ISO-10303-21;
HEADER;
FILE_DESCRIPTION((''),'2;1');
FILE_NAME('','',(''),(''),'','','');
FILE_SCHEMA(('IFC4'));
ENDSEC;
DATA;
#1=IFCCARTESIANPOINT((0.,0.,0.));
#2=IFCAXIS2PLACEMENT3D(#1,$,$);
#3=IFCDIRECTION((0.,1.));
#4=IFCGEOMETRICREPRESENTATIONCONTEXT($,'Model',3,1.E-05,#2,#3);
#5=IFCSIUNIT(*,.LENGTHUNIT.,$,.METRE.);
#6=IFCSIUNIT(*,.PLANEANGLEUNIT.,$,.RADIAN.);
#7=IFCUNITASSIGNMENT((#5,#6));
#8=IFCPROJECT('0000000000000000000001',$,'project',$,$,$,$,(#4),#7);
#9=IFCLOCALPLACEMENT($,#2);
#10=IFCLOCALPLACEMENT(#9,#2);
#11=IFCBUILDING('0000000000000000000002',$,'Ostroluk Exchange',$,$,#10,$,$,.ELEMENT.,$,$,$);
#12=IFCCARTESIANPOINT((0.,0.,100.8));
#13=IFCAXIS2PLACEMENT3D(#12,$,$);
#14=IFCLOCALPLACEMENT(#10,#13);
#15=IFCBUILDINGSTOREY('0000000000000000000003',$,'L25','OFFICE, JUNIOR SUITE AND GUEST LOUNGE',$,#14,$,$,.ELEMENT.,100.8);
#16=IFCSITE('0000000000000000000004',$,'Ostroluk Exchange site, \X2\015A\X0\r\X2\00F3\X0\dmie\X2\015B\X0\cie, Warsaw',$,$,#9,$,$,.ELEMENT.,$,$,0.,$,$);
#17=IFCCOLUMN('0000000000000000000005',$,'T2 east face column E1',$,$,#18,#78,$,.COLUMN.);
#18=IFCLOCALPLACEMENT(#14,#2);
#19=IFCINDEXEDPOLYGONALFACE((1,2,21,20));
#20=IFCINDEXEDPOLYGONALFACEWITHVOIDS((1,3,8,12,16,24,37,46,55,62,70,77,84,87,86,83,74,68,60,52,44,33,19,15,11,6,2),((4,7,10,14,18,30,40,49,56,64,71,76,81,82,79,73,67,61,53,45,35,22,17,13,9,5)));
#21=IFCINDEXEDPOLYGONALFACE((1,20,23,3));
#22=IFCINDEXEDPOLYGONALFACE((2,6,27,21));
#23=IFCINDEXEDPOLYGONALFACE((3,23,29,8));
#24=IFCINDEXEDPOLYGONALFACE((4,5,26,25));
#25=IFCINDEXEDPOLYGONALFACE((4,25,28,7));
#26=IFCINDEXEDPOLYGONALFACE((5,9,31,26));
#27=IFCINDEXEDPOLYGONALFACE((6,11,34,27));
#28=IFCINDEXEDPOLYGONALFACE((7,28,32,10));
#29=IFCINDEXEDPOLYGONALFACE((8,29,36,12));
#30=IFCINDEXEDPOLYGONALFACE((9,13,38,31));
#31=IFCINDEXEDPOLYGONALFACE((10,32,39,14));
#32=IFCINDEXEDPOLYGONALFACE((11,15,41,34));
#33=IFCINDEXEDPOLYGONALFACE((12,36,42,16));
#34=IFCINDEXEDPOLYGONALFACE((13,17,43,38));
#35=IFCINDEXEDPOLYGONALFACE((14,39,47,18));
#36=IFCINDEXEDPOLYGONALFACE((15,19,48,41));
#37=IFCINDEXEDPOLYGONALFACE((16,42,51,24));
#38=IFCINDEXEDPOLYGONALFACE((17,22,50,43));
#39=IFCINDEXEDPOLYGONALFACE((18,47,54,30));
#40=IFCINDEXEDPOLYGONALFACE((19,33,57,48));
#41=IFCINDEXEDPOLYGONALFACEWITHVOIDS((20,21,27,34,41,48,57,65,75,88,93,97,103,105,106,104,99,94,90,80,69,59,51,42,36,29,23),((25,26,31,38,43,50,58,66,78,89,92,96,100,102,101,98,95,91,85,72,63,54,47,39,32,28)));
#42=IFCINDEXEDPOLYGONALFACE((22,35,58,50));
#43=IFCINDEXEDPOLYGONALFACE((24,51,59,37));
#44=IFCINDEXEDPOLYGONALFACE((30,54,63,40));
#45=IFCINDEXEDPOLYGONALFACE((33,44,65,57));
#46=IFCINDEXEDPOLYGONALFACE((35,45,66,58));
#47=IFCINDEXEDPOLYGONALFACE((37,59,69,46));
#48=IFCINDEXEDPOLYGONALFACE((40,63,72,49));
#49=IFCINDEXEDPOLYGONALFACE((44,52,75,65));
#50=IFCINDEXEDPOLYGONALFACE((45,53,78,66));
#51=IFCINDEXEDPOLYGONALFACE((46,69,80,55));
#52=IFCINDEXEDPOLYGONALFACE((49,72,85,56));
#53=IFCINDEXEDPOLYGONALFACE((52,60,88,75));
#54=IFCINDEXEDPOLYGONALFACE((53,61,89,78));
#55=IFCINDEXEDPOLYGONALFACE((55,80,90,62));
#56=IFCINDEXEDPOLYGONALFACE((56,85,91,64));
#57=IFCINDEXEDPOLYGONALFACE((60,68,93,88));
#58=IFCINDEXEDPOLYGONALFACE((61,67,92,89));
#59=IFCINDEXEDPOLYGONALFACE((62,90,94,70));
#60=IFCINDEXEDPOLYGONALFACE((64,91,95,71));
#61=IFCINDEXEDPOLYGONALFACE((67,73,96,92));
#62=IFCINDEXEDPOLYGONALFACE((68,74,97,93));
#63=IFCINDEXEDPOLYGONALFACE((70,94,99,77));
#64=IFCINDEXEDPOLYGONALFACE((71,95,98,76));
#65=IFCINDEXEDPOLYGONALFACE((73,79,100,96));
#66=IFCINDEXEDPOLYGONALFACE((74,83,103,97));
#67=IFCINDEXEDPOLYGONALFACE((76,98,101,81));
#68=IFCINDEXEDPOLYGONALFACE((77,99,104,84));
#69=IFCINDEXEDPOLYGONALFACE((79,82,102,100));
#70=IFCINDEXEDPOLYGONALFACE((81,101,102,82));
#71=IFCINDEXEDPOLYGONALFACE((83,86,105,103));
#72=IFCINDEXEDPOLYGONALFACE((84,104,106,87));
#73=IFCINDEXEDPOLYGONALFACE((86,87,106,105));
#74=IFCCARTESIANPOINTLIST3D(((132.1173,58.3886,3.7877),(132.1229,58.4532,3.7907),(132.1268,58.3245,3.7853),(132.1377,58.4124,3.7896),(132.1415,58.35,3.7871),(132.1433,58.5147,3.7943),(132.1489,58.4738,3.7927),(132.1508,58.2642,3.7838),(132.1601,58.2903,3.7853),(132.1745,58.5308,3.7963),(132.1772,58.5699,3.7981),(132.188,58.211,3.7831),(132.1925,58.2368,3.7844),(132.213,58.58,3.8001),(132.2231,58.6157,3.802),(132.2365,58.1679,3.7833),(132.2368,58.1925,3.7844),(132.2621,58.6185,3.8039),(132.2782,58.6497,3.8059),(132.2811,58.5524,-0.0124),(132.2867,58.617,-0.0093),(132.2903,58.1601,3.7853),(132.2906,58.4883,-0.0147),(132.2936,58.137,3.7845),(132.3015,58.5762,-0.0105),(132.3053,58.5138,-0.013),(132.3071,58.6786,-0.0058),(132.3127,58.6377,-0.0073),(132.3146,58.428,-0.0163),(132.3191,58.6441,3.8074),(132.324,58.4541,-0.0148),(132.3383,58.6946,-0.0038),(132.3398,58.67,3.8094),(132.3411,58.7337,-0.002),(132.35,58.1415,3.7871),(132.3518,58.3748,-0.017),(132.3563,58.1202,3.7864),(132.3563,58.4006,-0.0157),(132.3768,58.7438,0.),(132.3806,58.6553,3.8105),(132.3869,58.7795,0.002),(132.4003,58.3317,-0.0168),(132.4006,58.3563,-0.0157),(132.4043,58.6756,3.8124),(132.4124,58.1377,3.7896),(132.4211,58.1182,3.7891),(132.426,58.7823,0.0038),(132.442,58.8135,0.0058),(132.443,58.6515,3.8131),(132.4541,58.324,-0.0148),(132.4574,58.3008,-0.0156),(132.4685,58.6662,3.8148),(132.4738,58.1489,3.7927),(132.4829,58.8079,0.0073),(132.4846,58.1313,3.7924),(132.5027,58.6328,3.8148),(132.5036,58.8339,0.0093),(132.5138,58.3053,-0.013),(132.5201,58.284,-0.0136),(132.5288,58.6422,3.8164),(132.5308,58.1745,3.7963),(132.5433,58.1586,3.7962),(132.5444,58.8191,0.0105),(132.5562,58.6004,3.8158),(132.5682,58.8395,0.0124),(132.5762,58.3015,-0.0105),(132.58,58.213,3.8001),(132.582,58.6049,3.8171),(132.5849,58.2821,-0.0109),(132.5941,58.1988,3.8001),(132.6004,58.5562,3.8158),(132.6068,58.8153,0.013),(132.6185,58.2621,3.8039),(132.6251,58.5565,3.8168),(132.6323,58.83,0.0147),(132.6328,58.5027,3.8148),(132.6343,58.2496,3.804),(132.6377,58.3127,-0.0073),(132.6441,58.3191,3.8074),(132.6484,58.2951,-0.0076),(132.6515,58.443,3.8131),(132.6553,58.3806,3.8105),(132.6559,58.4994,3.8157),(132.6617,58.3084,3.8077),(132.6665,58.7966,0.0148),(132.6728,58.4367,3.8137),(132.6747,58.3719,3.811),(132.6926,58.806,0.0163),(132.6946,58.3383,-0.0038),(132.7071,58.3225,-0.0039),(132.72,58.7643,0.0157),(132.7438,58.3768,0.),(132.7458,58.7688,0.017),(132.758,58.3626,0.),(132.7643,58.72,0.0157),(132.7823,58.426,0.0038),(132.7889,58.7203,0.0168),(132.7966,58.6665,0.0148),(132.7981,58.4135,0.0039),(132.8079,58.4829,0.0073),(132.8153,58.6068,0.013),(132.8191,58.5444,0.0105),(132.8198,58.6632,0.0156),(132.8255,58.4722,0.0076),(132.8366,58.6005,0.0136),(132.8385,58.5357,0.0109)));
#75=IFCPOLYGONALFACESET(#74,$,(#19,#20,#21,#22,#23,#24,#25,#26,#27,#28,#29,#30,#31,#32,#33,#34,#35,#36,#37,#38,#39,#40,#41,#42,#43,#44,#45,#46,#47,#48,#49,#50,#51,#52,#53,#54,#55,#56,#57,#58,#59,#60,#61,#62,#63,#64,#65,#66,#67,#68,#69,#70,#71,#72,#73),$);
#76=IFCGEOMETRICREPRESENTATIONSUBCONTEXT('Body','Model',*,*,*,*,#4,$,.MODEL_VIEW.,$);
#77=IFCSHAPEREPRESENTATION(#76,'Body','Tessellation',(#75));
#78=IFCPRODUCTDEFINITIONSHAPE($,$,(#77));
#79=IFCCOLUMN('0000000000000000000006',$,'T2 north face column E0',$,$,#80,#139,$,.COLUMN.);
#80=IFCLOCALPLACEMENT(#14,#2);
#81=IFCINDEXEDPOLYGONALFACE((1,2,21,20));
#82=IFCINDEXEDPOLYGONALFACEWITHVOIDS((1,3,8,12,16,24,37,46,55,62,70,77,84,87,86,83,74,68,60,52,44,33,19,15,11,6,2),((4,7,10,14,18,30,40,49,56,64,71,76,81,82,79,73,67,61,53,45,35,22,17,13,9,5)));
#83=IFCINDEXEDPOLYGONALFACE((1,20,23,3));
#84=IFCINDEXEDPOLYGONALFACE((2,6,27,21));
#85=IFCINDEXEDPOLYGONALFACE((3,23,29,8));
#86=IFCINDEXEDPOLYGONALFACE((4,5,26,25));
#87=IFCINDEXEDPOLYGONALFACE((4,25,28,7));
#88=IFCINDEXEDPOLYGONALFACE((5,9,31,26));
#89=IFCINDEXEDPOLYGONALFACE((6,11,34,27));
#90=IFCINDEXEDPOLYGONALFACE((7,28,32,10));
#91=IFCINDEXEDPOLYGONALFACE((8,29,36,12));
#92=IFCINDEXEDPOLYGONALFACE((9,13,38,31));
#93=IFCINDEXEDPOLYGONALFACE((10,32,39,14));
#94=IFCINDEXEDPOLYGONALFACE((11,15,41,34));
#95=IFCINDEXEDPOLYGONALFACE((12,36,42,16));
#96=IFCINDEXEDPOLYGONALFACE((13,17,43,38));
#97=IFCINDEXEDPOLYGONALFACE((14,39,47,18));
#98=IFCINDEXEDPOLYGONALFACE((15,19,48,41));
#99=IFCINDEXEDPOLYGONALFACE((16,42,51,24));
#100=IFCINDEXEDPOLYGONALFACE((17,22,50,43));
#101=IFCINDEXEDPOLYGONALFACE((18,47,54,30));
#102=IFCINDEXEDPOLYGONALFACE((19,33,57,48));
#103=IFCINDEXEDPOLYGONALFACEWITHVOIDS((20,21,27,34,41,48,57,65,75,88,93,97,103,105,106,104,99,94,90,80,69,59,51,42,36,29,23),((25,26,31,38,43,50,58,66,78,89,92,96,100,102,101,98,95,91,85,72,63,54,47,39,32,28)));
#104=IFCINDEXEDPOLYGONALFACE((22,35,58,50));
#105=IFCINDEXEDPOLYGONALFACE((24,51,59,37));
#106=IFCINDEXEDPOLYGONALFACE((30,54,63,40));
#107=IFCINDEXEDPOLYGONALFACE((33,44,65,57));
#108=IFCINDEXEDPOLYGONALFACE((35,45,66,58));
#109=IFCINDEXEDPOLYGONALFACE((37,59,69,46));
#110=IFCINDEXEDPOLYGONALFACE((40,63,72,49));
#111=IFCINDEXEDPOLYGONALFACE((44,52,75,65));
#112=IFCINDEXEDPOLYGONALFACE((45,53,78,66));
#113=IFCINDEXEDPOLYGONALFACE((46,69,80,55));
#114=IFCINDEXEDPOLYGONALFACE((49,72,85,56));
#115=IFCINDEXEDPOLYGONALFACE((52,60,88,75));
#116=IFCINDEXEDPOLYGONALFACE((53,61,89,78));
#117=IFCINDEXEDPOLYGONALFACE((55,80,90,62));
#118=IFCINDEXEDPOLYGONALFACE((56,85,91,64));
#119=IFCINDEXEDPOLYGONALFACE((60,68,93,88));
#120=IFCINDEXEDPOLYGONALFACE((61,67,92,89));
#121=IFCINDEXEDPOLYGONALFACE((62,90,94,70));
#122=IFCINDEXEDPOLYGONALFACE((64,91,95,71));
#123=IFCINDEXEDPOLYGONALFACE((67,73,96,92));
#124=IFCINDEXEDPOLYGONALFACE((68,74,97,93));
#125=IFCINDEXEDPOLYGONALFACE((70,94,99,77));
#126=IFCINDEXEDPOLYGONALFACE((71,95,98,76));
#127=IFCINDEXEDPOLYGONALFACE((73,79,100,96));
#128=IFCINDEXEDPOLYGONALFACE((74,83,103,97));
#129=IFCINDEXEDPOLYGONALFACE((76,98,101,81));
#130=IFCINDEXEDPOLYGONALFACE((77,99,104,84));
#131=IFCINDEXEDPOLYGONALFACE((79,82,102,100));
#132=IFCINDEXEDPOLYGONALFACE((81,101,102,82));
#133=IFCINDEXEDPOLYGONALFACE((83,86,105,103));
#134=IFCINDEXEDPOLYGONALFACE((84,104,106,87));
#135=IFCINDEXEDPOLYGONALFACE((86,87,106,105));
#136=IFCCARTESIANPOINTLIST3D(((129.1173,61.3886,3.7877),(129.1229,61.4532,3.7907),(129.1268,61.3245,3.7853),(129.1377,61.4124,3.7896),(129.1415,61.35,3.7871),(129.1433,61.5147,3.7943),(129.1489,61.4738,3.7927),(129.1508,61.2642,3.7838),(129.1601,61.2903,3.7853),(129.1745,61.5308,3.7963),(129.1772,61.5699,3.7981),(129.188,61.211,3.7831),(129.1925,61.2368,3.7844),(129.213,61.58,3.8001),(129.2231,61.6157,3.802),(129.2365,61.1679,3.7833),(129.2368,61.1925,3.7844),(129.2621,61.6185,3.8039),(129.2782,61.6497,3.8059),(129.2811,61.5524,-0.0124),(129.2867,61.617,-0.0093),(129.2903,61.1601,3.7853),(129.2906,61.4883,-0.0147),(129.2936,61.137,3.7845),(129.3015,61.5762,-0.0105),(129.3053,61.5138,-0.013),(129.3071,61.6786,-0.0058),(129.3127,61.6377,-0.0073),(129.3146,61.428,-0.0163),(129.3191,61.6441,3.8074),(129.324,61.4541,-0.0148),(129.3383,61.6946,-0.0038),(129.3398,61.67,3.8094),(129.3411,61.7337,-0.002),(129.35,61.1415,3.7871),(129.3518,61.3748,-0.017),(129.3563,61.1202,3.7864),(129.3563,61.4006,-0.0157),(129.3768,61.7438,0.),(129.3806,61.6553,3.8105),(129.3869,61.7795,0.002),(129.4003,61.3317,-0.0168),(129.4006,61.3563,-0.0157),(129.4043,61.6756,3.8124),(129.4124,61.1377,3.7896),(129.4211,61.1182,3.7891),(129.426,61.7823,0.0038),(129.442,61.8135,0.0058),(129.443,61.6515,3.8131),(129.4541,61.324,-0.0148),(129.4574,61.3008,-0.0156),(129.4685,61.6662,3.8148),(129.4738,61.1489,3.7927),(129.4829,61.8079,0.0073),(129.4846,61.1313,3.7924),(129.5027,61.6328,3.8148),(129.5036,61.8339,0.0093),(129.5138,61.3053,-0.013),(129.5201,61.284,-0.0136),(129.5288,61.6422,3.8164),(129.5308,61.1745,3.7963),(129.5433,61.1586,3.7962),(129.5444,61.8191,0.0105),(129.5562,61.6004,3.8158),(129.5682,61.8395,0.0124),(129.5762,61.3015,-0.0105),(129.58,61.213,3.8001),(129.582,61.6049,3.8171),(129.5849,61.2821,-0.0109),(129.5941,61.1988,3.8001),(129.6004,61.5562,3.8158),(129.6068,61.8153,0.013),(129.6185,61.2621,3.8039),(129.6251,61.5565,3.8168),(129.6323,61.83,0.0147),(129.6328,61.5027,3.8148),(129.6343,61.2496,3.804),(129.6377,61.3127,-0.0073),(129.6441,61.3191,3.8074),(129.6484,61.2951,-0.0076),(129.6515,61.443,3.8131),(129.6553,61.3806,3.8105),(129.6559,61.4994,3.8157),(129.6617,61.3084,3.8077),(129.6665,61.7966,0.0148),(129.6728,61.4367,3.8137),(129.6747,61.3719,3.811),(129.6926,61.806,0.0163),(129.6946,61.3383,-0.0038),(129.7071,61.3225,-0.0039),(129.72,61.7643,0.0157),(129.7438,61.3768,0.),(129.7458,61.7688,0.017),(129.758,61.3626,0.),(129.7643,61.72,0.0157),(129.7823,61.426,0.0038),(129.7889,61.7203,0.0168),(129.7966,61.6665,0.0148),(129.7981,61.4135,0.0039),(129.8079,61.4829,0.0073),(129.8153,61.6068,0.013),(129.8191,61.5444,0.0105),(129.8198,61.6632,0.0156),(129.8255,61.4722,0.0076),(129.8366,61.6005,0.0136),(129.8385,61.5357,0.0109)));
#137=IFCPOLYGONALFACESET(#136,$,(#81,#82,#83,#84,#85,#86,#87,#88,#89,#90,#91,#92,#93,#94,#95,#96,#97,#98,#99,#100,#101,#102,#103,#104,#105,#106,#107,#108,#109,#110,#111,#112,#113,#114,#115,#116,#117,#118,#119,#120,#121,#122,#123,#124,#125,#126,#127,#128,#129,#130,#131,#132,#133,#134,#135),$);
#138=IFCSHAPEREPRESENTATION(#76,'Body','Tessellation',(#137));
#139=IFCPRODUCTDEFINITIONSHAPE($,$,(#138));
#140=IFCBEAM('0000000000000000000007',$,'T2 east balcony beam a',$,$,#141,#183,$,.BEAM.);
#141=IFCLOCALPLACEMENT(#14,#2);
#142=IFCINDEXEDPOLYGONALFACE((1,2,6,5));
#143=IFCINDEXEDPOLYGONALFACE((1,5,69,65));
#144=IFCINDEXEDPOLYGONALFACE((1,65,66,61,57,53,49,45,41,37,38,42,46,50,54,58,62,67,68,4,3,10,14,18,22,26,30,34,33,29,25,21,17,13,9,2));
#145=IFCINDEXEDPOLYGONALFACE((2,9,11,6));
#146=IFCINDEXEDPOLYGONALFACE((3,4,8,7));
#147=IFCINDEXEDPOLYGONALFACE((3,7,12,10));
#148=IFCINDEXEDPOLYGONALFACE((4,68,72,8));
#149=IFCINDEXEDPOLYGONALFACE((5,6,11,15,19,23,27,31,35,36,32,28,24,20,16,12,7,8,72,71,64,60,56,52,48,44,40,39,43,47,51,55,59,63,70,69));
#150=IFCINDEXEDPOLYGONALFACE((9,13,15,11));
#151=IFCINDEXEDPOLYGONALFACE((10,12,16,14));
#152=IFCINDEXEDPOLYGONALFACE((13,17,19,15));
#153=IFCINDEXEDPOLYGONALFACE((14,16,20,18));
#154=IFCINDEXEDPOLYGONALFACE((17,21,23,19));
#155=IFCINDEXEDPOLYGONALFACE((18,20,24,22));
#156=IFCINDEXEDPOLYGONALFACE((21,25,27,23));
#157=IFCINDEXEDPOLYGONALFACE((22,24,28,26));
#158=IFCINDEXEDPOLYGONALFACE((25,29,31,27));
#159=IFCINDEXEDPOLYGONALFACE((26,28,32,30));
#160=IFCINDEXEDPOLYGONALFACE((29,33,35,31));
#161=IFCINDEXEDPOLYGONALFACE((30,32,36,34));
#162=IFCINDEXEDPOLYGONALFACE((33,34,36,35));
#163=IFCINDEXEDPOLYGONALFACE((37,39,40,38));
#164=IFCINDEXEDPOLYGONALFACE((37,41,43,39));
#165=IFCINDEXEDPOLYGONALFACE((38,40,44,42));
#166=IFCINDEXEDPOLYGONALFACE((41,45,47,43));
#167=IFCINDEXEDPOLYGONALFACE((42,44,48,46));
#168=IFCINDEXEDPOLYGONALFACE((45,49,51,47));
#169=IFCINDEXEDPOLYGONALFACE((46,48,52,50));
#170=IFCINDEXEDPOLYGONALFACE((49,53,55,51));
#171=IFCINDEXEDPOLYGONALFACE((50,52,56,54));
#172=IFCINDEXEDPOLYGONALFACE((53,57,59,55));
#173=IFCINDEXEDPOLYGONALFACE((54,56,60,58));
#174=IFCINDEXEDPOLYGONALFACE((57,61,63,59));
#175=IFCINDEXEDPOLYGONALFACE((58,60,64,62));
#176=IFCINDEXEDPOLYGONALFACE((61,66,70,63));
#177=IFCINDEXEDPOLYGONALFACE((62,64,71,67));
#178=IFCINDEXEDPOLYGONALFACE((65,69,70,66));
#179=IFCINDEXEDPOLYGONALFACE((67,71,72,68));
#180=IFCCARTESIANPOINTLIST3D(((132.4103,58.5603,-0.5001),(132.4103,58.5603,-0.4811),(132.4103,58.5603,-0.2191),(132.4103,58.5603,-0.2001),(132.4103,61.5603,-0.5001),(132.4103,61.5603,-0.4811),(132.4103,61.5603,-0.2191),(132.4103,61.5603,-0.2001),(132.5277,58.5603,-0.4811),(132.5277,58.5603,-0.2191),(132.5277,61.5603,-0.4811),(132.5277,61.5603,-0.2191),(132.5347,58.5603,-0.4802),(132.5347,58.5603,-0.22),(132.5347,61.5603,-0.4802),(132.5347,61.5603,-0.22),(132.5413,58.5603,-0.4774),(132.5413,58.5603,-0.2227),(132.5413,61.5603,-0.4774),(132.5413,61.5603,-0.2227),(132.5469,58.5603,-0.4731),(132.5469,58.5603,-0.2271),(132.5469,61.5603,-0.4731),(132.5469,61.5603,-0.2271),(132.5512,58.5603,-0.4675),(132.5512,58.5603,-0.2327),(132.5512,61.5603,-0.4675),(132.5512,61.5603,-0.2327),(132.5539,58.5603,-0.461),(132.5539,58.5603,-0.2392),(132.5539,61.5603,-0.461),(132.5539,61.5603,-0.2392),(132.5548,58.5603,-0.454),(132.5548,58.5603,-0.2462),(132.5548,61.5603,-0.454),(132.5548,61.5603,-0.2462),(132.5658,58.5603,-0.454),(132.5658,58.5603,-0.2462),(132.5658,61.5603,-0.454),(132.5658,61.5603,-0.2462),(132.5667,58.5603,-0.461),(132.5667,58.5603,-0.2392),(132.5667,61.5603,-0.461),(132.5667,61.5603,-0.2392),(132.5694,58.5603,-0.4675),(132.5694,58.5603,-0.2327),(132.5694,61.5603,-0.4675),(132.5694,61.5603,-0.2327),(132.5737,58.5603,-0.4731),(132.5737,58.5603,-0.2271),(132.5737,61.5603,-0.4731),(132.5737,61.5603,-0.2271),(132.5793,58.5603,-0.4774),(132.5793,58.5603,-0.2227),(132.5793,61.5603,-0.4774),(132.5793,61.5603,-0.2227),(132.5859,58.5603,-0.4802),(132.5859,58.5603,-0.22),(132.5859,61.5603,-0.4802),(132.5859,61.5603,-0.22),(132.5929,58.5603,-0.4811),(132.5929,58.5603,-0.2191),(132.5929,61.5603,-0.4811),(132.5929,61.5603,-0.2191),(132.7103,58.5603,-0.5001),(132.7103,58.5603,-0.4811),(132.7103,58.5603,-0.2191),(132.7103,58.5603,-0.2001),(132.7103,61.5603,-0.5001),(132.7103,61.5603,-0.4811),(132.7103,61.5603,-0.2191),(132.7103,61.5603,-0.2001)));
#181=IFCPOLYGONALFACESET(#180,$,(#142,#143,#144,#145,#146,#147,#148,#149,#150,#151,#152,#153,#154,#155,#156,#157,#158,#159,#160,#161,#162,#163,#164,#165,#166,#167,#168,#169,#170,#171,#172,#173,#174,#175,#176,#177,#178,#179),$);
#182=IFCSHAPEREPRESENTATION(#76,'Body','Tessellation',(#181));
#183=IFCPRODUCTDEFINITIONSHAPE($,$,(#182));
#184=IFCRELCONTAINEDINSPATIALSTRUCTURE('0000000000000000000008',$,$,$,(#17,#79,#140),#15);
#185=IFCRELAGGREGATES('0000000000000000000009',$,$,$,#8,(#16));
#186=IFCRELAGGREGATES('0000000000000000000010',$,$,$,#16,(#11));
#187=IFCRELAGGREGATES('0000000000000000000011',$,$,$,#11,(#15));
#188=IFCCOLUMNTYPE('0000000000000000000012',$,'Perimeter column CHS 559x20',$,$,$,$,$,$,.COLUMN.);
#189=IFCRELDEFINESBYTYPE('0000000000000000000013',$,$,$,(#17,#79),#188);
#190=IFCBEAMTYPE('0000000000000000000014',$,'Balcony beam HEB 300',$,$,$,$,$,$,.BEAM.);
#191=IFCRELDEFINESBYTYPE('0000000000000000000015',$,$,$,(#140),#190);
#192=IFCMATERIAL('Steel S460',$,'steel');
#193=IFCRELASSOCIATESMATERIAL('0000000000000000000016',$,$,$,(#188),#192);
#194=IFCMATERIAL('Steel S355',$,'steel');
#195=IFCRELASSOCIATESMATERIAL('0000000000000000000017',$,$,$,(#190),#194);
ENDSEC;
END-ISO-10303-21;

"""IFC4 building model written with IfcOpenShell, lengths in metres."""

from ifc_helpers import new_model, si_unit, direction, frame, origin, origin_2d, place, context, subcontext, project, spatial, hollow_circle, i_section, extrude, material, material_profile, profile_set, type_object, element, save


model = new_model("IFC4")

# Units and contexts
model_context = context("Model", 3, precision=1e-05, world=origin(), true_north=direction((0.0, 1.0)))
body_context = subcontext(model_context, "Body", "Model", "MODEL_VIEW")
ifc_project = project(units=[si_unit("LENGTHUNIT", "METRE"), si_unit("PLANEANGLEUNIT", "RADIAN")], contexts=[model_context])

# Site, building, storey
site_placement = place(None, origin())
site = spatial("IfcSite", under=ifc_project, at=site_placement, Name="Ostroluk Exchange site, Śródmieście, Warsaw", CompositionType="ELEMENT", RefElevation=0.0)
building_placement = place(site_placement, origin())
building = spatial("IfcBuilding", under=site, at=building_placement, Name="Ostroluk Exchange", CompositionType="ELEMENT")
storey_placement = place(building_placement, frame((0.0, 0.0, 100.8)))
storey = spatial("IfcBuildingStorey", under=building, at=storey_placement, Name="L25", Description="OFFICE, JUNIOR SUITE AND GUEST LOUNGE", CompositionType="ELEMENT", Elevation=100.8)

# Columns
ifc_material_1 = material(Name="Steel S460", Category="steel")
ifc_material_profile_1 = material_profile(ifc_material_1, hollow_circle(Radius=0.2795, WallThickness=0.02, at=origin_2d()), Name="CHS 559x20")
ifc_profile_set_1 = profile_set([ifc_material_profile_1], Name="Steel S460")
column_type = type_object("IfcColumnType", Name="Perimeter column CHS 559x20", PredefinedType="COLUMN", material=ifc_profile_set_1)
for number, where, z_axis, x_axis, name in (
    (1, (132.5603, 58.5603, 0.0), (-0.04303, -0.04303, 0.998147), (0.707107, -0.707107, 0.0), "T2 east face column E1"),
    (2, (129.5603, 61.5603, 0.0), (-0.04303, -0.04303, 0.998147), (0.707107, -0.707107, 0.0), "T2 north face column E0"),
):
    element("IfcColumn", number, at=place(storey_placement, frame(where, z_axis=z_axis, x_axis=x_axis)), inside=storey, type_object=column_type, Name=name, PredefinedType="COLUMN", context=body_context, shape_type="SweptSolid", body=[
        extrude(hollow_circle(Radius=0.2795, WallThickness=0.02, at=origin_2d()), origin(), (0.0, 0.0, 1.0), 3.8071),
    ])

# Beam
ifc_material_2 = material(Name="Steel S355", Category="steel")
ifc_material_profile_2 = material_profile(ifc_material_2, i_section(OverallWidth=0.3, OverallDepth=0.3, WebThickness=0.011, FlangeThickness=0.019, FilletRadius=0.0271, at=origin_2d()), Name="HEB 300")
ifc_profile_set_2 = profile_set([ifc_material_profile_2], Name="Steel S355")
beam_type_1 = type_object("IfcBeamType", Name="Balcony beam HEB 300", PredefinedType="BEAM", material=ifc_profile_set_2)
for number, where, z_axis, x_axis, name in (
    (3, (132.5603, 58.5603, -0.3501), (0.0, 1.0, 0.0), (-1.0, 0.0, 0.0), "T2 east balcony beam a"),
):
    element("IfcBeam", number, at=place(storey_placement, frame(where, z_axis=z_axis, x_axis=x_axis)), inside=storey, type_object=beam_type_1, Name=name, PredefinedType="BEAM", context=body_context, shape_type="SweptSolid", body=[
        extrude(i_section(OverallWidth=0.3, OverallDepth=0.3, WebThickness=0.011, FlangeThickness=0.019, FilletRadius=0.0271, at=origin_2d()), origin(), (0.0, 0.0, 1.0), 3.0),
    ])

save(model, "model.ifc")
